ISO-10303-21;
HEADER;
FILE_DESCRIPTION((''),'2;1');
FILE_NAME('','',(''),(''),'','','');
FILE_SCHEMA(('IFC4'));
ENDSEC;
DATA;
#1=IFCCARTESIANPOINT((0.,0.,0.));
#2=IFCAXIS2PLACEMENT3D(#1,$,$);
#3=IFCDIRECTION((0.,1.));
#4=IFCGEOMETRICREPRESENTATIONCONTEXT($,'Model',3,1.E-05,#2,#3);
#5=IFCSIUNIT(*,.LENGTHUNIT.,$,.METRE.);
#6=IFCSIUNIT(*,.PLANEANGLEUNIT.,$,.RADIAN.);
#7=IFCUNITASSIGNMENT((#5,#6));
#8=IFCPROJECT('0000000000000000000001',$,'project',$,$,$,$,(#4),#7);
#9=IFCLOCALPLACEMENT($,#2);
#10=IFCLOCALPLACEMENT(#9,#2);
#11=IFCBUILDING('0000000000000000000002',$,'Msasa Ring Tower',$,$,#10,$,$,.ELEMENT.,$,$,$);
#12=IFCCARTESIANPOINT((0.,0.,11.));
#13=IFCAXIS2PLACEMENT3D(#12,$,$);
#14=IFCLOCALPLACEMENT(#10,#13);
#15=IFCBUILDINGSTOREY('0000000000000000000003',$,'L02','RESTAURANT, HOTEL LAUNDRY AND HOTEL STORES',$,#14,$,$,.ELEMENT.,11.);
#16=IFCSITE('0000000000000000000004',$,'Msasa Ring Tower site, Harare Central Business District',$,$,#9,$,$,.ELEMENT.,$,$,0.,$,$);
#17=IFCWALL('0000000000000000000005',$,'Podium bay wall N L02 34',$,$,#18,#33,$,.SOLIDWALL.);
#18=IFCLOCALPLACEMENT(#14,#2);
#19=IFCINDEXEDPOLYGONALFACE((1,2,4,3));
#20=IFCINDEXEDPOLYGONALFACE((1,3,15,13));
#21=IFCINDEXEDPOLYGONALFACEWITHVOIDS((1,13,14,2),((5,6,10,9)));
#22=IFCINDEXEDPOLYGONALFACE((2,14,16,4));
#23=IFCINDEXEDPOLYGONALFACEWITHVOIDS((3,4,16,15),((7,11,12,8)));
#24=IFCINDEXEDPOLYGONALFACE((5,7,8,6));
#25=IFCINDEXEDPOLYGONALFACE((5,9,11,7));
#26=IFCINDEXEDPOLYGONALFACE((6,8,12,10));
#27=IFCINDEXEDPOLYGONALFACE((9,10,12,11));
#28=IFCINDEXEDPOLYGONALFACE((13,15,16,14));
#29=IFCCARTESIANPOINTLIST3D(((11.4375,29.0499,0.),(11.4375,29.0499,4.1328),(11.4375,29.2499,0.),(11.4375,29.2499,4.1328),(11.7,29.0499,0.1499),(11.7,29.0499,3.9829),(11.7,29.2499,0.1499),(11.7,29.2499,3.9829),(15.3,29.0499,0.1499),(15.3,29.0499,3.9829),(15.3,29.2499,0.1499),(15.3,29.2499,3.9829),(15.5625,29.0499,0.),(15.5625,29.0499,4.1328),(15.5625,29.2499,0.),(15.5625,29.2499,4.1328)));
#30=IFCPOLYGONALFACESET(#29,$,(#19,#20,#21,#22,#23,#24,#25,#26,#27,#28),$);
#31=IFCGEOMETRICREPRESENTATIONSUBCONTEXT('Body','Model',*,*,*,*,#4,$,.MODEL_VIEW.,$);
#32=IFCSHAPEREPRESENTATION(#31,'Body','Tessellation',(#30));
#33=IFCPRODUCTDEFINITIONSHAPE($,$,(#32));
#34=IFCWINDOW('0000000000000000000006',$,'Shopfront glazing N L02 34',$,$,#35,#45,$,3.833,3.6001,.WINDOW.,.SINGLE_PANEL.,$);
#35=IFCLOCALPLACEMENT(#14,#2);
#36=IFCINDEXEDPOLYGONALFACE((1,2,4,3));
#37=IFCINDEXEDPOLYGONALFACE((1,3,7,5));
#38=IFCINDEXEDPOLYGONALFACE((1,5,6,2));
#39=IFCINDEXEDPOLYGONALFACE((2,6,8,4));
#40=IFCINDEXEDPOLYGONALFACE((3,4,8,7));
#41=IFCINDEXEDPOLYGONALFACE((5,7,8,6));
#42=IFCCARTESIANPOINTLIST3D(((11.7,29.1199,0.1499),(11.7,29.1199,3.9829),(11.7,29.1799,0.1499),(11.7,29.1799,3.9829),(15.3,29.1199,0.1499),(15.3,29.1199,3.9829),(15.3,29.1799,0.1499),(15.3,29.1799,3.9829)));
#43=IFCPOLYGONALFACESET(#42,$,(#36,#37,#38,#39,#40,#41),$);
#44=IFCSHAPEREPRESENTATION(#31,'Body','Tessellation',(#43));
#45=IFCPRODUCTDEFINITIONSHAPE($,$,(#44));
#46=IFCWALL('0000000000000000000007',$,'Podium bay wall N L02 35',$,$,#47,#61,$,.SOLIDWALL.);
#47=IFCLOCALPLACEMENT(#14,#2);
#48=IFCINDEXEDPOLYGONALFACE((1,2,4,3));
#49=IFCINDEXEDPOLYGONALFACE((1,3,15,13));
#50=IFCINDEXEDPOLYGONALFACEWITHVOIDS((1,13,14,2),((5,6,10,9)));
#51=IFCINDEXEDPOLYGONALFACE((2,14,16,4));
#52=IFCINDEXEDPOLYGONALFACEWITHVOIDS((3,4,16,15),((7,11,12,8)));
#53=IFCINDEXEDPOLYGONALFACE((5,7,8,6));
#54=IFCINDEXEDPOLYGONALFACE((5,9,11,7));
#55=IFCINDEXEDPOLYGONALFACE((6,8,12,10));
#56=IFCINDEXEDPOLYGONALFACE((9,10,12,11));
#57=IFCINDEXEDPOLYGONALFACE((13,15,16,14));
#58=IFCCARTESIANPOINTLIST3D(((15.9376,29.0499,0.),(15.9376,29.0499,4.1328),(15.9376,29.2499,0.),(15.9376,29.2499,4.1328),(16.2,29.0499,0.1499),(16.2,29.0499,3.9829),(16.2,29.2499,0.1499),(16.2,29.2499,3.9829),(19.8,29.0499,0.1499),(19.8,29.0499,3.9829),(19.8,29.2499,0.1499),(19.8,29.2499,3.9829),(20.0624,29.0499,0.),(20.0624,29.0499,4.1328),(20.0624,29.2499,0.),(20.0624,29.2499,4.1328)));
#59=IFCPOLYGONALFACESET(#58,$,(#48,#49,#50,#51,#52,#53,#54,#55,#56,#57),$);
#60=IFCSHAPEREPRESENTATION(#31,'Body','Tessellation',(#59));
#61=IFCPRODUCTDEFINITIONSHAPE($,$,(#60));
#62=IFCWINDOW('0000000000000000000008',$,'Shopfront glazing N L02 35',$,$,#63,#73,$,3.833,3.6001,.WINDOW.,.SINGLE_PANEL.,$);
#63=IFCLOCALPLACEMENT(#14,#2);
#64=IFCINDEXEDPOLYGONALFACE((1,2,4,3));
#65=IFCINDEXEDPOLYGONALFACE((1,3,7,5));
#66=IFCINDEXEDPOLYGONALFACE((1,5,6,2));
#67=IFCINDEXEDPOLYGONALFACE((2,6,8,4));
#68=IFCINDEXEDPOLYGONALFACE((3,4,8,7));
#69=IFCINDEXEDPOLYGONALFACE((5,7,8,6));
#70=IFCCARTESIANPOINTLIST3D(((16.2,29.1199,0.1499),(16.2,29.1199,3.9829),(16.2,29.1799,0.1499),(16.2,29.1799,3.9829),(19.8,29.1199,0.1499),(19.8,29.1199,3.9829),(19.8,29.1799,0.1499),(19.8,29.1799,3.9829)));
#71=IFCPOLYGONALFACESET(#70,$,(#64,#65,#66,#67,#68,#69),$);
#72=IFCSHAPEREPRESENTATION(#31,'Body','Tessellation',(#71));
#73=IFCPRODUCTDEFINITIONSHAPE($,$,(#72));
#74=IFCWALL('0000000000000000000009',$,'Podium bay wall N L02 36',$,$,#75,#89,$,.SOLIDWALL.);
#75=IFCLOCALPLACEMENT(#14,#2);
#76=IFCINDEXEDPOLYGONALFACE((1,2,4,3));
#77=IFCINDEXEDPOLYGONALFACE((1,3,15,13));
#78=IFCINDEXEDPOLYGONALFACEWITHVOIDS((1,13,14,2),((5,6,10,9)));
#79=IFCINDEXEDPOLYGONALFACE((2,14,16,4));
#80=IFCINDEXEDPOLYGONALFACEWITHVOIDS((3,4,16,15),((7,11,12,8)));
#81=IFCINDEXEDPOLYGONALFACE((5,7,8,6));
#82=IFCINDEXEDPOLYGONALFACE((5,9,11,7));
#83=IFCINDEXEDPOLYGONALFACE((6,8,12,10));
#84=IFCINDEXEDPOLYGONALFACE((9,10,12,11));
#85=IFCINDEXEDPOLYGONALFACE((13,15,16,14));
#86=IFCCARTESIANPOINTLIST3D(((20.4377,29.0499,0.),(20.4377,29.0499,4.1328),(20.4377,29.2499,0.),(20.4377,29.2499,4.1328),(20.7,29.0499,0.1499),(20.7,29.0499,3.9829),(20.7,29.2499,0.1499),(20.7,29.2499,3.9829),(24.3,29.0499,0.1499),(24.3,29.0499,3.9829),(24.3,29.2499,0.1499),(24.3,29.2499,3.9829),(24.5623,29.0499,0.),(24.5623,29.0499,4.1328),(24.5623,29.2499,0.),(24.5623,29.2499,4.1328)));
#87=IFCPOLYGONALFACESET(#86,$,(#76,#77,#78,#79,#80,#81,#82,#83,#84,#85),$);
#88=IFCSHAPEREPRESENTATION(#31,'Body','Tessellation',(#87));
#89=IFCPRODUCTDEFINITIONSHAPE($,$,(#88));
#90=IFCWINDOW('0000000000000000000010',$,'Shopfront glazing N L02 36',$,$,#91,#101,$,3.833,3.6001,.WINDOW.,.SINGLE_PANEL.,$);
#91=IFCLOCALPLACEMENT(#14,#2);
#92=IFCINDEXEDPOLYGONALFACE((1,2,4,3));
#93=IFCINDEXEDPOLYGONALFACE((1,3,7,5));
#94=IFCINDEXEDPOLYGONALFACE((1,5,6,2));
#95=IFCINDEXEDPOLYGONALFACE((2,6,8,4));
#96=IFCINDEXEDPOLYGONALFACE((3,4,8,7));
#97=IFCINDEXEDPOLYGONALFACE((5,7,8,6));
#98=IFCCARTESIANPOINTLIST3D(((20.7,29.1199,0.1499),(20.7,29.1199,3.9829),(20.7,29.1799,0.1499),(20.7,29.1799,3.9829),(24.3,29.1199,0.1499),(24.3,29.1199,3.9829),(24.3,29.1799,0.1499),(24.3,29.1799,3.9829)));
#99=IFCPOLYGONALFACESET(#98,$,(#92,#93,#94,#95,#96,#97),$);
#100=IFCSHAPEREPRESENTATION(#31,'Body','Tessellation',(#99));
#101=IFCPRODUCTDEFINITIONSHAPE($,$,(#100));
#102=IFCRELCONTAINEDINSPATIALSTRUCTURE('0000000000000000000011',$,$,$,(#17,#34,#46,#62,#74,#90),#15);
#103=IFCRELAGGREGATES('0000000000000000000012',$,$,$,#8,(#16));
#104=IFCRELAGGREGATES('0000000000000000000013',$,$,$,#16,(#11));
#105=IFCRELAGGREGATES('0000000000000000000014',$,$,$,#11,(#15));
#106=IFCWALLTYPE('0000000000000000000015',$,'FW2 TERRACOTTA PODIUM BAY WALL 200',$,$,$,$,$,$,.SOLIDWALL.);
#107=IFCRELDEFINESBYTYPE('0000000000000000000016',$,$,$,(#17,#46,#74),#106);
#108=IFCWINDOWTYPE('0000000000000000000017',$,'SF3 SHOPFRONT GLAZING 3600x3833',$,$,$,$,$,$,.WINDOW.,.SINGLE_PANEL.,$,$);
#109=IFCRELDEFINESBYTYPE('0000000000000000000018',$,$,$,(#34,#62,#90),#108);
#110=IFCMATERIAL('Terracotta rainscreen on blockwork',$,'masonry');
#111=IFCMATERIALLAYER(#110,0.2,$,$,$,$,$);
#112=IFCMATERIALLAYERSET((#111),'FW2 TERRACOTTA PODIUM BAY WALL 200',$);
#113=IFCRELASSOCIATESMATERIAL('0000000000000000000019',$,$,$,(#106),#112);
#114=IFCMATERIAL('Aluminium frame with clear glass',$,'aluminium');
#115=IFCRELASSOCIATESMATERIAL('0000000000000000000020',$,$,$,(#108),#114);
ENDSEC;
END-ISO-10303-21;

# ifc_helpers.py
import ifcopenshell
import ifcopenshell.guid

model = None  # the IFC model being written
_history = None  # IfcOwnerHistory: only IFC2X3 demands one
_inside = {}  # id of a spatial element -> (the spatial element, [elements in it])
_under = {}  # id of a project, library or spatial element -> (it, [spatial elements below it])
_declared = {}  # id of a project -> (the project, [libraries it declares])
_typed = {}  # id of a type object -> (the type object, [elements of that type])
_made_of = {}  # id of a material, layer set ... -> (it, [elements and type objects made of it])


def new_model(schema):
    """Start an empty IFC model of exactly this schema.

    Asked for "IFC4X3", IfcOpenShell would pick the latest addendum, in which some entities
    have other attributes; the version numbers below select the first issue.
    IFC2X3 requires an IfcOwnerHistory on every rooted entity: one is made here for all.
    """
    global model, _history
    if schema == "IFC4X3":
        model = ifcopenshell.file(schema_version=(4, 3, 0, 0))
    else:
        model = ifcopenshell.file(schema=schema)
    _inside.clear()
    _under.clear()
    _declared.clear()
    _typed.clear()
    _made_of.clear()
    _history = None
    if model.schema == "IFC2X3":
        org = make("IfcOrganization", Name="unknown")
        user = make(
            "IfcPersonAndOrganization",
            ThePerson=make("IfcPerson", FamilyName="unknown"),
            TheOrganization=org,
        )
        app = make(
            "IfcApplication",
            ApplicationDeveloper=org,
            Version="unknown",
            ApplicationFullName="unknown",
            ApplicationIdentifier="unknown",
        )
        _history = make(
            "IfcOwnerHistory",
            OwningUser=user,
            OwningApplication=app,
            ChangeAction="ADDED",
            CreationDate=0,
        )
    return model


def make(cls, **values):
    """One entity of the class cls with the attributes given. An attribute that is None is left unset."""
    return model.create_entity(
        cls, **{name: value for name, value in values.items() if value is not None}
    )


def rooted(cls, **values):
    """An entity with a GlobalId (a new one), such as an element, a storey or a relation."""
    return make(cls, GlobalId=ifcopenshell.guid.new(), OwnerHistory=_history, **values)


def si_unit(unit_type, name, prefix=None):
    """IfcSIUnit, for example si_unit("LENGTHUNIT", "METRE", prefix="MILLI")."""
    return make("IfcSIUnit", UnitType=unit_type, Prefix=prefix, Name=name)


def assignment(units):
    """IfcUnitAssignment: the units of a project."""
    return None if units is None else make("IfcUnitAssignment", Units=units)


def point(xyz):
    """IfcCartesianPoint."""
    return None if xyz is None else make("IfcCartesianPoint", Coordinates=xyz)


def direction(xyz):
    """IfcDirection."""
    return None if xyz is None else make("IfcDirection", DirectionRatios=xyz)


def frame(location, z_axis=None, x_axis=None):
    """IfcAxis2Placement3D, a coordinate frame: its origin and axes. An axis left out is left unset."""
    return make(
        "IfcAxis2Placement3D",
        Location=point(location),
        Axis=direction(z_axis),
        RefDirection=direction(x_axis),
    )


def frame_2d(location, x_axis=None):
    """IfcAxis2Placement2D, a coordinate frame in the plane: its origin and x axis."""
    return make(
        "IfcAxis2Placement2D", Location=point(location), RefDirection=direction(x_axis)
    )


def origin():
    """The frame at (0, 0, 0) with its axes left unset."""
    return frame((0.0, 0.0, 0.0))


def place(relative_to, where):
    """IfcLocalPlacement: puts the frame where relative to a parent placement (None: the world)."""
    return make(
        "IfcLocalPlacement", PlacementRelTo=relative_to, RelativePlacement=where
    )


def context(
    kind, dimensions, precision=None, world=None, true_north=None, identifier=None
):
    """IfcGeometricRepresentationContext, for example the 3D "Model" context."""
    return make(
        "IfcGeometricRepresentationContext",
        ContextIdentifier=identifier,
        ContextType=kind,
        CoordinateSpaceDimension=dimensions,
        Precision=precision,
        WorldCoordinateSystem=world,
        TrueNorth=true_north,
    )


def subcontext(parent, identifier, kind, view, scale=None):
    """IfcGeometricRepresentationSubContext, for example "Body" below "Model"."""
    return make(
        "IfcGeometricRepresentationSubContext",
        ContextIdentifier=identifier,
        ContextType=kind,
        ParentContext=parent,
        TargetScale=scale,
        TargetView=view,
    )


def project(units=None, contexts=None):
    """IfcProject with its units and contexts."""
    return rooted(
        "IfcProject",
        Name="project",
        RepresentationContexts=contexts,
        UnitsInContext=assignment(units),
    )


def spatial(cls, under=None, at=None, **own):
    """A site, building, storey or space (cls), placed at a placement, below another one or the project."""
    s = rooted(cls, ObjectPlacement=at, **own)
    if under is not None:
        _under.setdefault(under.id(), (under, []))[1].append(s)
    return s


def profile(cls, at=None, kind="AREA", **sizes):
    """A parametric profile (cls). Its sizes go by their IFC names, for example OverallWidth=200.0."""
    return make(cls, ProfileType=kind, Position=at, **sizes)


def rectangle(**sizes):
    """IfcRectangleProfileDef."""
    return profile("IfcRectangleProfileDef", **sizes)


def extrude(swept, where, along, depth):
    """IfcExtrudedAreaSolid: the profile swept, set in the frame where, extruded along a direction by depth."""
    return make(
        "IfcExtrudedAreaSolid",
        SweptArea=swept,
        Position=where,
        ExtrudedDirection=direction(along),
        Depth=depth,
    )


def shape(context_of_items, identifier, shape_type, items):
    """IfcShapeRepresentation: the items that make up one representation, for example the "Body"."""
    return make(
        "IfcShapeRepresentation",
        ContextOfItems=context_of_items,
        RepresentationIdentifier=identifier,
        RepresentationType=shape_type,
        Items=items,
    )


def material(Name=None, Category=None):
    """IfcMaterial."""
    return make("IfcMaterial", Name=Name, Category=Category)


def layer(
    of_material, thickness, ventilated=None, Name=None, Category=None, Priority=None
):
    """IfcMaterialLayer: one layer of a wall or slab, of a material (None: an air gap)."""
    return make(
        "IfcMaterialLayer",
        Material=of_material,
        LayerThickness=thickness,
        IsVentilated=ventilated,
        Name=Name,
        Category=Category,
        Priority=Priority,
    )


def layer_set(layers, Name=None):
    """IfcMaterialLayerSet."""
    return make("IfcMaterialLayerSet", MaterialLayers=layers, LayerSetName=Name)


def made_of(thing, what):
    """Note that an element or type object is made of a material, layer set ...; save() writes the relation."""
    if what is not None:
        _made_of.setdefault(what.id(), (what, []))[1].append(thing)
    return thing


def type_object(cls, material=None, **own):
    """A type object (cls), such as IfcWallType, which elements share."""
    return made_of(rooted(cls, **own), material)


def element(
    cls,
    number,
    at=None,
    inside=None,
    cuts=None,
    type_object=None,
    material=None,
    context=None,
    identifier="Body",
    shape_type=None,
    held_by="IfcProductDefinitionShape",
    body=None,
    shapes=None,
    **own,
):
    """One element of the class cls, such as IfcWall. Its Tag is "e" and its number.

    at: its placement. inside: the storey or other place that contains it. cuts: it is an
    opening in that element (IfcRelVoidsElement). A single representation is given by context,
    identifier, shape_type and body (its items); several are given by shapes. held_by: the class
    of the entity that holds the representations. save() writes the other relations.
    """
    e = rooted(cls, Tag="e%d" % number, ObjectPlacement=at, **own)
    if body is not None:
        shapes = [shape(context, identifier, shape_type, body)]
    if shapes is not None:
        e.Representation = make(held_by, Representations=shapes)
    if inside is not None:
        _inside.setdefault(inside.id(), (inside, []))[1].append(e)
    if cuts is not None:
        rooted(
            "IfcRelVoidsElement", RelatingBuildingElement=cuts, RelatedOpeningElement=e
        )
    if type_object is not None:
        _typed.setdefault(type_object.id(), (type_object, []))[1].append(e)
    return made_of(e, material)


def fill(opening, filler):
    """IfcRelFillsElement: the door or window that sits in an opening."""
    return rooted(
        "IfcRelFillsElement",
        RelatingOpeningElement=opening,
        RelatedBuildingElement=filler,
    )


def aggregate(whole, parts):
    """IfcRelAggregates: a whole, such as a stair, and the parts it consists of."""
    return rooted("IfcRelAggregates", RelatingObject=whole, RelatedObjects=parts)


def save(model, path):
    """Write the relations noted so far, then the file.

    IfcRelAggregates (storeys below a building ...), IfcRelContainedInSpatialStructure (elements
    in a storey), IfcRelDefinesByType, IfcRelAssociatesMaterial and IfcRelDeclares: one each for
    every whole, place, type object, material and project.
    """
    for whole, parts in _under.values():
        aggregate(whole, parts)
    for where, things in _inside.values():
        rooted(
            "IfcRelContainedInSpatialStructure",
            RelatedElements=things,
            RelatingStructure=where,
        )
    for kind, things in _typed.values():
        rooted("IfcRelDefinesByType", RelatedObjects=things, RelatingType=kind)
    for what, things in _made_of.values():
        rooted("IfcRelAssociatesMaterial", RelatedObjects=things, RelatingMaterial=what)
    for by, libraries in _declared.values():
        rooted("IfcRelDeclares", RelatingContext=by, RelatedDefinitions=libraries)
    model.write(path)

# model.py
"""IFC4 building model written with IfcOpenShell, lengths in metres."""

from ifc_helpers import new_model, si_unit, direction, frame, frame_2d, origin, place, context, subcontext, project, spatial, rectangle, extrude, material, layer, layer_set, type_object, element, fill, save


model = new_model("IFC4")

# Units and contexts
model_context = context("Model", 3, precision=1e-05, world=origin(), true_north=direction((0.0, 1.0)))
body_context = subcontext(model_context, "Body", "Model", "MODEL_VIEW")
ifc_project = project(units=[si_unit("LENGTHUNIT", "METRE"), si_unit("PLANEANGLEUNIT", "RADIAN")], contexts=[model_context])

# Site, building, storey
site_placement = place(None, origin())
site = spatial("IfcSite", under=ifc_project, at=site_placement, Name="Msasa Ring Tower site, Harare Central Business District", CompositionType="ELEMENT", RefElevation=0.0)
building_placement = place(site_placement, origin())
building = spatial("IfcBuilding", under=site, at=building_placement, Name="Msasa Ring Tower", CompositionType="ELEMENT")
storey_placement = place(building_placement, frame((0.0, 0.0, 11.0)))
storey = spatial("IfcBuildingStorey", under=building, at=storey_placement, Name="L02", Description="RESTAURANT, HOTEL LAUNDRY AND HOTEL STORES", CompositionType="ELEMENT", Elevation=11.0)

# Walls, openings, windows
ifc_material_1 = material(Name="Terracotta rainscreen on blockwork", Category="masonry")
ifc_layer = layer(ifc_material_1, 0.2)
ifc_layer_set = layer_set([ifc_layer], Name="FW2 TERRACOTTA PODIUM BAY WALL 200")
wall_type = type_object("IfcWallType", Name="FW2 TERRACOTTA PODIUM BAY WALL 200", PredefinedType="SOLIDWALL", material=ifc_layer_set)
ifc_material_2 = material(Name="Aluminium frame with clear glass", Category="aluminium")
window_type = type_object("IfcWindowType", Name="SF3 SHOPFRONT GLAZING 3600x3833", PartitioningType="SINGLE_PANEL", PredefinedType="WINDOW", material=ifc_material_2)
wall_1_placement = place(storey_placement, frame((11.4375, 29.1499, 0.0), z_axis=(0.0, 0.0, 1.0), x_axis=(1.0, 0.0, 0.0)))
wall_1 = element("IfcWall", 1, at=wall_1_placement, inside=storey, type_object=wall_type, Name="Podium bay wall N L02 34", PredefinedType="SOLIDWALL", context=body_context, shape_type="SweptSolid", body=[
    extrude(rectangle(XDim=4.125, YDim=0.2, at=frame_2d((2.0625, 0.0))), origin(), (0.0, 0.0, 1.0), 4.1328),
])
opening_1_placement = place(wall_1_placement, frame((0.2625, 0.0, 0.1499)))
opening_1 = element("IfcOpeningElement", 2, at=opening_1_placement, cuts=wall_1, PredefinedType="OPENING", context=body_context, shape_type="SweptSolid", body=[
    extrude(rectangle(XDim=3.6001, YDim=3.833, at=frame_2d((1.8, 1.9165))), frame((0.0, 0.1099, 0.0), z_axis=(0.0, -1.0, 0.0), x_axis=(1.0, 0.0, 0.0)), (0.0, 0.0, 1.0), 0.22),
])
window_1_placement = place(opening_1_placement, origin())
window_1 = element("IfcWindow", 3, at=window_1_placement, inside=storey, type_object=window_type, Name="Shopfront glazing N L02 34", OverallHeight=3.833, OverallWidth=3.6001, PartitioningType="SINGLE_PANEL", PredefinedType="WINDOW", context=body_context, shape_type="SweptSolid", body=[
    extrude(rectangle(XDim=3.6001, YDim=3.833, at=frame_2d((1.8, 1.9165))), frame((0.0, 0.03, 0.0), z_axis=(0.0, -1.0, 0.0), x_axis=(1.0, 0.0, 0.0)), (0.0, 0.0, 1.0), 0.0601),
])
fill(opening_1, window_1)
wall_2_placement = place(storey_placement, frame((15.9375, 29.1499, 0.0), z_axis=(0.0, 0.0, 1.0), x_axis=(1.0, 0.0, 0.0)))
wall_2 = element("IfcWall", 4, at=wall_2_placement, inside=storey, type_object=wall_type, Name="Podium bay wall N L02 35", PredefinedType="SOLIDWALL", context=body_context, shape_type="SweptSolid", body=[
    extrude(rectangle(XDim=4.1248, YDim=0.2, at=frame_2d((2.0625, 0.0))), origin(), (0.0, 0.0, 1.0), 4.1328),
])
opening_2_placement = place(wall_2_placement, frame((0.2625, 0.0, 0.1499)))
opening_2 = element("IfcOpeningElement", 5, at=opening_2_placement, cuts=wall_2, PredefinedType="OPENING", context=body_context, shape_type="SweptSolid", body=[
    extrude(rectangle(XDim=3.6001, YDim=3.833, at=frame_2d((1.8, 1.9165))), frame((0.0, 0.1099, 0.0), z_axis=(0.0, -1.0, 0.0), x_axis=(1.0, 0.0, 0.0)), (0.0, 0.0, 1.0), 0.22),
])
window_2_placement = place(opening_2_placement, origin())
window_2 = element("IfcWindow", 6, at=window_2_placement, inside=storey, type_object=window_type, Name="Shopfront glazing N L02 35", OverallHeight=3.833, OverallWidth=3.6001, PartitioningType="SINGLE_PANEL", PredefinedType="WINDOW", context=body_context, shape_type="SweptSolid", body=[
    extrude(rectangle(XDim=3.6001, YDim=3.833, at=frame_2d((1.8, 1.9165))), frame((0.0, 0.03, 0.0), z_axis=(0.0, -1.0, 0.0), x_axis=(1.0, 0.0, 0.0)), (0.0, 0.0, 1.0), 0.0601),
])
fill(opening_2, window_2)
wall_3_placement = place(storey_placement, frame((20.4377, 29.1499, 0.0), z_axis=(0.0, 0.0, 1.0), x_axis=(1.0, 0.0, 0.0)))
wall_3 = element("IfcWall", 7, at=wall_3_placement, inside=storey, type_object=wall_type, Name="Podium bay wall N L02 36", PredefinedType="SOLIDWALL", context=body_context, shape_type="SweptSolid", body=[
    extrude(rectangle(XDim=4.1245, YDim=0.2, at=frame_2d((2.0623, 0.0))), origin(), (0.0, 0.0, 1.0), 4.1328),
])
opening_3_placement = place(wall_3_placement, frame((0.2622, 0.0, 0.1499)))
opening_3 = element("IfcOpeningElement", 8, at=opening_3_placement, cuts=wall_3, PredefinedType="OPENING", context=body_context, shape_type="SweptSolid", body=[
    extrude(rectangle(XDim=3.6001, YDim=3.833, at=frame_2d((1.8, 1.9165))), frame((0.0, 0.1099, 0.0), z_axis=(0.0, -1.0, 0.0), x_axis=(1.0, 0.0, 0.0)), (0.0, 0.0, 1.0), 0.22),
])
window_3_placement = place(opening_3_placement, origin())
window_3 = element("IfcWindow", 9, at=window_3_placement, inside=storey, type_object=window_type, Name="Shopfront glazing N L02 36", OverallHeight=3.833, OverallWidth=3.6001, PartitioningType="SINGLE_PANEL", PredefinedType="WINDOW", context=body_context, shape_type="SweptSolid", body=[
    extrude(rectangle(XDim=3.6001, YDim=3.833, at=frame_2d((1.8, 1.9165))), frame((0.0, 0.03, 0.0), z_axis=(0.0, -1.0, 0.0), x_axis=(1.0, 0.0, 0.0)), (0.0, 0.0, 1.0), 0.0601),
])
fill(opening_3, window_3)

save(model, "model.ifc")
